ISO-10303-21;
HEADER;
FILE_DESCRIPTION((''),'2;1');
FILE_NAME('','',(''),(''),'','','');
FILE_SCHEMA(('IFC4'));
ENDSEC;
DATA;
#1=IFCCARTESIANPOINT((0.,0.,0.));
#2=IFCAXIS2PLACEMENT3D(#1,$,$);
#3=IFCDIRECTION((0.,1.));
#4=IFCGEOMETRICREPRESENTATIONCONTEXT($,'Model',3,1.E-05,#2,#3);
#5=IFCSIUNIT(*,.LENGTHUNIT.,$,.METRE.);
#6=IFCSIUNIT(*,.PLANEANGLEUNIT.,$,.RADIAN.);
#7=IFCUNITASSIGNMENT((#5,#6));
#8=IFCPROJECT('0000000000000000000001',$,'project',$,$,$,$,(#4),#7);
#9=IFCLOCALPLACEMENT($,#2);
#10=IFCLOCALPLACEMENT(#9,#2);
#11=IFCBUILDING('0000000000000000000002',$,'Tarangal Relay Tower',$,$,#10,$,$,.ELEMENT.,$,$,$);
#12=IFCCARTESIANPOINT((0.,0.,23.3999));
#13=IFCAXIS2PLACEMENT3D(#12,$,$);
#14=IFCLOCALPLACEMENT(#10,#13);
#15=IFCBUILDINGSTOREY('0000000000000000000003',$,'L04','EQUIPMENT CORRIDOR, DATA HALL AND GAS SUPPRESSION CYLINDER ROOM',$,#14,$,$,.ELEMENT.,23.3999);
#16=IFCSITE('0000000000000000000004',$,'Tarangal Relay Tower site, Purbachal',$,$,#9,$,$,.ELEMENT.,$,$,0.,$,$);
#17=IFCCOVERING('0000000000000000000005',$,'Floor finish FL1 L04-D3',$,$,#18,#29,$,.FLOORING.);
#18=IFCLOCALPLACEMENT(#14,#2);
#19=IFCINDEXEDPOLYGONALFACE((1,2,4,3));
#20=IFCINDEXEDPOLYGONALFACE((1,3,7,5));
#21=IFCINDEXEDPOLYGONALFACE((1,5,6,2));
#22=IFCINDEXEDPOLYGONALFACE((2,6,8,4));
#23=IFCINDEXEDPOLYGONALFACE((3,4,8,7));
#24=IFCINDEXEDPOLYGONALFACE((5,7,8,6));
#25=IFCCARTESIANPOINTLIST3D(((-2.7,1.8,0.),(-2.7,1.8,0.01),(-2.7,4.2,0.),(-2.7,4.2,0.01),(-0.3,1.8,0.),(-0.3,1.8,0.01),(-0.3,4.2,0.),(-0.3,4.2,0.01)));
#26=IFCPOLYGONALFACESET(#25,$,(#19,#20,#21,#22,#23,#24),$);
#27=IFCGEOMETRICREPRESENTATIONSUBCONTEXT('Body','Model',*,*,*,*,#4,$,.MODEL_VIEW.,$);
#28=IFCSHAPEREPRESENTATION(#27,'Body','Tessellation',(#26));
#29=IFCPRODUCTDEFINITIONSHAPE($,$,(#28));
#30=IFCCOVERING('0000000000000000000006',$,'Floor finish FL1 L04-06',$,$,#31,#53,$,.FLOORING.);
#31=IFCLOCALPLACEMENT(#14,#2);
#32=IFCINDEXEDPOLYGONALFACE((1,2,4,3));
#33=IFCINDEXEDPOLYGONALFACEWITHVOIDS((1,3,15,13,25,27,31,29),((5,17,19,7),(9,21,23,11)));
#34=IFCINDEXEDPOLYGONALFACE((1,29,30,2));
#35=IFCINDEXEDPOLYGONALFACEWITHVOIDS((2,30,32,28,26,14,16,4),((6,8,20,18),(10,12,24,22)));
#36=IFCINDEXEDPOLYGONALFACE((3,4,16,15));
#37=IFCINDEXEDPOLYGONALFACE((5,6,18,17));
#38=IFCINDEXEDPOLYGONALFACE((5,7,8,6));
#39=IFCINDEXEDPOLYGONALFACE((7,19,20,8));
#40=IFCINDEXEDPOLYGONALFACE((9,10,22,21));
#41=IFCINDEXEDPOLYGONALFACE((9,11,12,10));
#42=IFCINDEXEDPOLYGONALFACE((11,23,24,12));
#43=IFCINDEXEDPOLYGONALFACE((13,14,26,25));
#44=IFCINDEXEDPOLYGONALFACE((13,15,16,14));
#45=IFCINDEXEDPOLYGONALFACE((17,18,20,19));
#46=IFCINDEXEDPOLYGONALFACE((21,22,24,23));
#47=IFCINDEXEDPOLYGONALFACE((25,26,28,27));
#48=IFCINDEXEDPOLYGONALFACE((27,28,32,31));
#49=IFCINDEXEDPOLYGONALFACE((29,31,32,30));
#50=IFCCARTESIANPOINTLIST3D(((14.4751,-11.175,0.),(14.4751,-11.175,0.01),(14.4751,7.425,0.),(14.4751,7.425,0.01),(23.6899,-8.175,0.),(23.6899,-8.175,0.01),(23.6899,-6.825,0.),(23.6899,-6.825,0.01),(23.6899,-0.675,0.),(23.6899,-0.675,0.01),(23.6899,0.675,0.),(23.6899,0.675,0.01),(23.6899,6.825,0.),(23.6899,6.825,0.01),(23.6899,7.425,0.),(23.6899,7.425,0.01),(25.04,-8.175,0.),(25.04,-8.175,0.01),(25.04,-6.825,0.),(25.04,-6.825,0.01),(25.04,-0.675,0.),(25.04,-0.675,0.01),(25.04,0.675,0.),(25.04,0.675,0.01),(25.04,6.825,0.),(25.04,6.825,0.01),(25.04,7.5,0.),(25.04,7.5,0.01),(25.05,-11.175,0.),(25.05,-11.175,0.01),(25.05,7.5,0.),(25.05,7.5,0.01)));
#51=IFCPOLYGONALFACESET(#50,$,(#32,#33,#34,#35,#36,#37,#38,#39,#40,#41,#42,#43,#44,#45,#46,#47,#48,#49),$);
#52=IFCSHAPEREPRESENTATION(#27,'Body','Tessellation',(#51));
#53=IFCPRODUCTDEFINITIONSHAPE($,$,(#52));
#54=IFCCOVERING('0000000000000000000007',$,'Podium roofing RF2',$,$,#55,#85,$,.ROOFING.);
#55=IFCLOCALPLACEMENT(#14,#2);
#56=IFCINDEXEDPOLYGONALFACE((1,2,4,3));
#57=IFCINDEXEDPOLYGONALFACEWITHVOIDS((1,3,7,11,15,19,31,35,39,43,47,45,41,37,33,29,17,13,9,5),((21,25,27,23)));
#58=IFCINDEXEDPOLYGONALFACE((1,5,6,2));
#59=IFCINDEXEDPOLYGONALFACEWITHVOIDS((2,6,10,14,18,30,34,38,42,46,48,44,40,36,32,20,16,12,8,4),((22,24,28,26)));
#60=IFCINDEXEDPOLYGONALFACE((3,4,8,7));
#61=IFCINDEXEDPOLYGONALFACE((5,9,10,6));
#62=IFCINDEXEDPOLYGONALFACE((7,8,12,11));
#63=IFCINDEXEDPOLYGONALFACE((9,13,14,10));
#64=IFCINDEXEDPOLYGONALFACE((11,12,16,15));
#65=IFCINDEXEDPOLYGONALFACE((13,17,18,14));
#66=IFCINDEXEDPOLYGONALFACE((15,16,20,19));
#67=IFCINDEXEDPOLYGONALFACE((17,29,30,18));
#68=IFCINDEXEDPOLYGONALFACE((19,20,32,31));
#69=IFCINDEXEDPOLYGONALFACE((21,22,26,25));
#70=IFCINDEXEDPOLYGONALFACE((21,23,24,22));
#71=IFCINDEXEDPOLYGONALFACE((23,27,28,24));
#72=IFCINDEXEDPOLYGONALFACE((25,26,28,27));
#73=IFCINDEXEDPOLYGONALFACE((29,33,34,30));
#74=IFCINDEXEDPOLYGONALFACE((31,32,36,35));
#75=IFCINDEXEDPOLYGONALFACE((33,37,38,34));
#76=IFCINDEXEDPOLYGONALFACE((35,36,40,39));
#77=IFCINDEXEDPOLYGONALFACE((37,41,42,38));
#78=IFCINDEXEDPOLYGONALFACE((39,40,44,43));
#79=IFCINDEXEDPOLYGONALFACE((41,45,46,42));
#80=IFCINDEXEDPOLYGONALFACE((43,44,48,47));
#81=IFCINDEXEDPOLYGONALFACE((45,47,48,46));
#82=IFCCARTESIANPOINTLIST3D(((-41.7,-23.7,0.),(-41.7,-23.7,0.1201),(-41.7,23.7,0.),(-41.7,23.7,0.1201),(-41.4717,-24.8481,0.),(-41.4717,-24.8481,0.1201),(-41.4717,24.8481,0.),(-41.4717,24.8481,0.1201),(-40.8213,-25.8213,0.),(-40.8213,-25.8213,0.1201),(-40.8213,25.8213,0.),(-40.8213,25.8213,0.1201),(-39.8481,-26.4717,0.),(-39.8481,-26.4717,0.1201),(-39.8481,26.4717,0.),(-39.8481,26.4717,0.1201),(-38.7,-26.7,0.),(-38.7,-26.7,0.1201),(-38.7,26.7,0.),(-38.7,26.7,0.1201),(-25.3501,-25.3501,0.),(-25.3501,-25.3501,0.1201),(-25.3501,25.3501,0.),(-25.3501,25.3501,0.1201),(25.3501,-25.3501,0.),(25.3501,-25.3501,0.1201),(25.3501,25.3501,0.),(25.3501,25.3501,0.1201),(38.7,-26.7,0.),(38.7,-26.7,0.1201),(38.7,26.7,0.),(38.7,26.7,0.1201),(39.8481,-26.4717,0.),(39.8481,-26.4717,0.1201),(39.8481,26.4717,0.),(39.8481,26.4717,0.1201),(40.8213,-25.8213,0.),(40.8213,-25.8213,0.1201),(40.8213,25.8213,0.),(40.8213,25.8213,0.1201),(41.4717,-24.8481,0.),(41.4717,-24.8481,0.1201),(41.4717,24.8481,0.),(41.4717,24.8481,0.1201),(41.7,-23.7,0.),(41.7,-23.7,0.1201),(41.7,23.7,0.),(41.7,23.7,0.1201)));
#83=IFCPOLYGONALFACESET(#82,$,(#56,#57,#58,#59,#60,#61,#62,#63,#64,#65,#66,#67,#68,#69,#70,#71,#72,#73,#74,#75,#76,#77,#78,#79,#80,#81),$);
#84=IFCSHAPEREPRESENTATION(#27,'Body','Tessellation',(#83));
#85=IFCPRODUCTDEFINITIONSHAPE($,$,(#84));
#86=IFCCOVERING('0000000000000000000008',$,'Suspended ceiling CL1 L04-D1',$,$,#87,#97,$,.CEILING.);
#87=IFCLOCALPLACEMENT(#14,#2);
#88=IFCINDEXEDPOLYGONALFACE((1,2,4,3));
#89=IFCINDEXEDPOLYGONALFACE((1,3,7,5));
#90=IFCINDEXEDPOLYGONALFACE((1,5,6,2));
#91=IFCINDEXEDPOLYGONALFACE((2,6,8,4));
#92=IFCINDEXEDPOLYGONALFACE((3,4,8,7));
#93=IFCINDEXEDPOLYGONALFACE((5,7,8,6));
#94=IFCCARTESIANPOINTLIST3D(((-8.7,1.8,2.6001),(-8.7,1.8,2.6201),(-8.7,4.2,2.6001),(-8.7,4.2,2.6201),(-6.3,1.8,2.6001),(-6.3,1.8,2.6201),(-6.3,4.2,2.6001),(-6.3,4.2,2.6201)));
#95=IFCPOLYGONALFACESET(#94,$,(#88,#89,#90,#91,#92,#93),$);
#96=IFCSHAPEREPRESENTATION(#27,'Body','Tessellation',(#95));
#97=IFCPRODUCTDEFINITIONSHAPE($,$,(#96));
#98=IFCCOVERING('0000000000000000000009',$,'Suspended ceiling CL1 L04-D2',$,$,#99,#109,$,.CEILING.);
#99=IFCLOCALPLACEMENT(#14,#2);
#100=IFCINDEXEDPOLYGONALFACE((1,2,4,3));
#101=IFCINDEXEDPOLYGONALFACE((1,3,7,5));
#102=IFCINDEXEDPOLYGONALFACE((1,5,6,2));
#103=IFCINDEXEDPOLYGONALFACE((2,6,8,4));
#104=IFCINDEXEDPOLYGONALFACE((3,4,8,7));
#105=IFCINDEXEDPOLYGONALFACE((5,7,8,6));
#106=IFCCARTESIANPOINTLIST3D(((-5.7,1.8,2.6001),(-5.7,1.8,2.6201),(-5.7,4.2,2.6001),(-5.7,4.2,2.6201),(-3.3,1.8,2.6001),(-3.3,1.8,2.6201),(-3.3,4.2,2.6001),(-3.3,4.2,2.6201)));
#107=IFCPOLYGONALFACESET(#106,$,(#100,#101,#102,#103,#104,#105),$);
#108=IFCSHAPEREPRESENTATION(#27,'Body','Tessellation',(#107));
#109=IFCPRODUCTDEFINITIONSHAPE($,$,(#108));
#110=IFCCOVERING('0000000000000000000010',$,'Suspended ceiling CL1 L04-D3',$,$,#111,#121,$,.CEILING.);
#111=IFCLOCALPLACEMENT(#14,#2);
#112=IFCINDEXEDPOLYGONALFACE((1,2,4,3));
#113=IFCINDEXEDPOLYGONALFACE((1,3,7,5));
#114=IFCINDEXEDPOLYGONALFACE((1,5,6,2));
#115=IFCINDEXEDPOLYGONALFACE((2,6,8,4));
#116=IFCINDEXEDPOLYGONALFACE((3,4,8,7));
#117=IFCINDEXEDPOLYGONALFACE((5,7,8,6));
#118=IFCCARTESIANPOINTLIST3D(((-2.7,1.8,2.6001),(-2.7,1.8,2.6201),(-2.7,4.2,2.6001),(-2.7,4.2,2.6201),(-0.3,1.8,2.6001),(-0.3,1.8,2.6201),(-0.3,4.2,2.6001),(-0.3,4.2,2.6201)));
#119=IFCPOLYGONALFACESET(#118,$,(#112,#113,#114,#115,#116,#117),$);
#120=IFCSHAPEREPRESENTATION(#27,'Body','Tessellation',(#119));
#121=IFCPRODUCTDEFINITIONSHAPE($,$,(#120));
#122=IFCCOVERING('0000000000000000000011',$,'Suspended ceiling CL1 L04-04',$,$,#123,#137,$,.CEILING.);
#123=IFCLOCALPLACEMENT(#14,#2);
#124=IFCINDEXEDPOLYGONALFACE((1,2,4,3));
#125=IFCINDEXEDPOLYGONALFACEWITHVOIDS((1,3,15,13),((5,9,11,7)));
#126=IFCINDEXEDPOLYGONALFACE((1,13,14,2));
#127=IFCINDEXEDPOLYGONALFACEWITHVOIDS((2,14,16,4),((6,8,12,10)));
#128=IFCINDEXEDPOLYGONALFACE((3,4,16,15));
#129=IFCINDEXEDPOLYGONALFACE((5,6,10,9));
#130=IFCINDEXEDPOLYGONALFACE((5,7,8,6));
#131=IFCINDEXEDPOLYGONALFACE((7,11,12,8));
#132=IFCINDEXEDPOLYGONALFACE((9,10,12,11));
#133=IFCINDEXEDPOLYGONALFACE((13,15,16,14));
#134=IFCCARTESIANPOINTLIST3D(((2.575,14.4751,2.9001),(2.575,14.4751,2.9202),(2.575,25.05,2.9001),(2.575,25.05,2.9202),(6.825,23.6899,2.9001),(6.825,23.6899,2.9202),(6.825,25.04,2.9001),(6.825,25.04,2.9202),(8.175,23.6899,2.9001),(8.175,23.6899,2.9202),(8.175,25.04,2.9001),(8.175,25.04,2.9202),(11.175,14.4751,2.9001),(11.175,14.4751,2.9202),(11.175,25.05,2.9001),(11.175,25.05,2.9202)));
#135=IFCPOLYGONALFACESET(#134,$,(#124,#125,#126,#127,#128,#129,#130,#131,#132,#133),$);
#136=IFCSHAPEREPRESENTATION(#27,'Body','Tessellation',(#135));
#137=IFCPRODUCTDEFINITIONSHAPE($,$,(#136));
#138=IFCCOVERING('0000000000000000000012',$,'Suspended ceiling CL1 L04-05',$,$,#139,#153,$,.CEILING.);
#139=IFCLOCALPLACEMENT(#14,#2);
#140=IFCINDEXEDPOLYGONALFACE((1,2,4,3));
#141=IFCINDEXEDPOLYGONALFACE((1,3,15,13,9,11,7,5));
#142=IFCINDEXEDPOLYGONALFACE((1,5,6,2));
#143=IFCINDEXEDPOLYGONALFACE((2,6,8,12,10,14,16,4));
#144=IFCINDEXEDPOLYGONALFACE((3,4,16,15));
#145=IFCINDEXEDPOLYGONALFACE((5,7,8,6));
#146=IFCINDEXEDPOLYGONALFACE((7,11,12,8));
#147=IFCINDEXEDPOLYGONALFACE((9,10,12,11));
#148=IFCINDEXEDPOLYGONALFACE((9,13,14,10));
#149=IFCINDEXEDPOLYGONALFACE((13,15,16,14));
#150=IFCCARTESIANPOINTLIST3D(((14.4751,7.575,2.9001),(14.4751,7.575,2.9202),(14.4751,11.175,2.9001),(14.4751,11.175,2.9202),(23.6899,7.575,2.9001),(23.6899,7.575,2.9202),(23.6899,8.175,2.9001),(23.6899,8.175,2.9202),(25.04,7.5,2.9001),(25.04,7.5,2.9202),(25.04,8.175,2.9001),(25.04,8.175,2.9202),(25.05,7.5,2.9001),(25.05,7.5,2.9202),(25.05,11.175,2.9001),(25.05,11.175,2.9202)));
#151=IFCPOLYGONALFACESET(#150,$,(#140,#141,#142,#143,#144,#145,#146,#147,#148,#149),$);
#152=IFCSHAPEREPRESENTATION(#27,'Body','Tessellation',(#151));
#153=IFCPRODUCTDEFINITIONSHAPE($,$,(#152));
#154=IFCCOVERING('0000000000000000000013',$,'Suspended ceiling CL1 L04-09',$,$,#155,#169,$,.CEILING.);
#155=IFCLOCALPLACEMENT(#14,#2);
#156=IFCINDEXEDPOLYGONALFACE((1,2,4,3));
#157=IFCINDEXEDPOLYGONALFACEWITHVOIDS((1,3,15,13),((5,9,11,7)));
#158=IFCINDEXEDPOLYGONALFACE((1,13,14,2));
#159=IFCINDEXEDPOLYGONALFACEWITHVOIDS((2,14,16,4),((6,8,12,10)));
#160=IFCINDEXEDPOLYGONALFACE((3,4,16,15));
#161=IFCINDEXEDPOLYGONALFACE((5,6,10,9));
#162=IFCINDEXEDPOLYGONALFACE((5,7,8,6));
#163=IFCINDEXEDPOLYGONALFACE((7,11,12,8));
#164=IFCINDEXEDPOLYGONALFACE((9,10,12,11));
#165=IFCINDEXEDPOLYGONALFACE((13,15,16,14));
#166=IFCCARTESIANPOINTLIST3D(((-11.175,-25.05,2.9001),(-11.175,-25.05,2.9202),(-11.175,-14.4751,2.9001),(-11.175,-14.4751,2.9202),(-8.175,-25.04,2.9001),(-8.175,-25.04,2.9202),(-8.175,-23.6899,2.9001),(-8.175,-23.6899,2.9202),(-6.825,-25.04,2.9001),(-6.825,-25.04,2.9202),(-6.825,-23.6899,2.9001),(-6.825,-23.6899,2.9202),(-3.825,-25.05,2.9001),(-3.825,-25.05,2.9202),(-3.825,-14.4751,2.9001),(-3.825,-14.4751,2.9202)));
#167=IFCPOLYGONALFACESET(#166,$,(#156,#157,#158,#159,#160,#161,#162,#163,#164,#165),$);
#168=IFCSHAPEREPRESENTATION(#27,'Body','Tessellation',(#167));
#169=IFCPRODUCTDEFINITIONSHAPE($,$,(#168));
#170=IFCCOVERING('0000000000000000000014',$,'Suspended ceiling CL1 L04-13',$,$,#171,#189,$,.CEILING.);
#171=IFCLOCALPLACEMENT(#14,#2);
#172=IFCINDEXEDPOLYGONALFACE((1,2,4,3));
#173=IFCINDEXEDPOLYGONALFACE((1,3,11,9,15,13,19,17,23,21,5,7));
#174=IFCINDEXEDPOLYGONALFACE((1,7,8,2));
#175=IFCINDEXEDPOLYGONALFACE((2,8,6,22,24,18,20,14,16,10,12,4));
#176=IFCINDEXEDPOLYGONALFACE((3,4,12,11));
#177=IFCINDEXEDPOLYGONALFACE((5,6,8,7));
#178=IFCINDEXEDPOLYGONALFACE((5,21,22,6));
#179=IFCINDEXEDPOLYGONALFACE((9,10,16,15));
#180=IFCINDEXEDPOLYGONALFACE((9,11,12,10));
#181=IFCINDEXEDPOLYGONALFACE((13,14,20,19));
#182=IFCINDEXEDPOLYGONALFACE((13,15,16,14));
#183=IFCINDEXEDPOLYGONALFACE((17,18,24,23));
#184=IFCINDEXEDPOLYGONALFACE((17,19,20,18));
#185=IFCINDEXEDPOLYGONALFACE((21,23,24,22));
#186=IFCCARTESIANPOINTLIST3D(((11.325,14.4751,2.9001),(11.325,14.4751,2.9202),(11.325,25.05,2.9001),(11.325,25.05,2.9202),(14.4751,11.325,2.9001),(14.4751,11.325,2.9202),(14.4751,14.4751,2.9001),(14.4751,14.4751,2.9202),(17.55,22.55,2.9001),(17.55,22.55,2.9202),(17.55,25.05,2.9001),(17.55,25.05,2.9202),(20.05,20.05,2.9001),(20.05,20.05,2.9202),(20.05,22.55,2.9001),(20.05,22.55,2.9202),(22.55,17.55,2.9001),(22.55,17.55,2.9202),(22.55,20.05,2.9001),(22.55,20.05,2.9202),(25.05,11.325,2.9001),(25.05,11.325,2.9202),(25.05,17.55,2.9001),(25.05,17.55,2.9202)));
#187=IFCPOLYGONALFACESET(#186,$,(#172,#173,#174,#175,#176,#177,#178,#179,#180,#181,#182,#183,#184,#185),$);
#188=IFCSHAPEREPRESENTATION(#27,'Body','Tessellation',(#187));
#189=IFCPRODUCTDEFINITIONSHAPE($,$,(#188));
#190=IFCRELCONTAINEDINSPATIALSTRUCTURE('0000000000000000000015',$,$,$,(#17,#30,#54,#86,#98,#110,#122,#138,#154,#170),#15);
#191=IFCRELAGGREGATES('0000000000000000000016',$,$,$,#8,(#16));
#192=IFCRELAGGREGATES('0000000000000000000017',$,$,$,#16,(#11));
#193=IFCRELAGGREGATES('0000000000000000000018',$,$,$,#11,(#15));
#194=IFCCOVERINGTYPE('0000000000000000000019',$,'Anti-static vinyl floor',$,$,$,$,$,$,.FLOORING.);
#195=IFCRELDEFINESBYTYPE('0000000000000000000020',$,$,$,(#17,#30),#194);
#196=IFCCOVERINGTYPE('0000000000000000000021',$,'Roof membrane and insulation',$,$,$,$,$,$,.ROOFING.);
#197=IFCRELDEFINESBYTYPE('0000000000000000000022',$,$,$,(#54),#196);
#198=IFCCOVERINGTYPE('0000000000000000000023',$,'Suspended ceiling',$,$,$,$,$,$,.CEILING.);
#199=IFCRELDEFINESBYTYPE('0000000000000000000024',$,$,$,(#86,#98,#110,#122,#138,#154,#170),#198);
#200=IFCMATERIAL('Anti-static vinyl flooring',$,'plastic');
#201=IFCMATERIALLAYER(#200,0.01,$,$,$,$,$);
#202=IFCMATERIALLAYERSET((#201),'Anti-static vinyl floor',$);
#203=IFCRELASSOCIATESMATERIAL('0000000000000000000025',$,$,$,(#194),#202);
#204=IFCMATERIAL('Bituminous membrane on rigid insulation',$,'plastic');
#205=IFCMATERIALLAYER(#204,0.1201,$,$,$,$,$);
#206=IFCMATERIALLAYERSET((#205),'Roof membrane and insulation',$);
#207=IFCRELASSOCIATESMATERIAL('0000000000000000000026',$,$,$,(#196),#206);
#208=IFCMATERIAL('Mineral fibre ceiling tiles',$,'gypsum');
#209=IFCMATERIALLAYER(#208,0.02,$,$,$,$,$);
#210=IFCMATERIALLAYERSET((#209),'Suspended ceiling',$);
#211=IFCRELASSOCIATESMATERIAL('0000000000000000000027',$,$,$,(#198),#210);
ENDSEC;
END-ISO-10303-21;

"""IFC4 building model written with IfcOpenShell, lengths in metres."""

from ifc_helpers import new_model, si_unit, direction, frame, origin, place, context, subcontext, project, spatial, polyline, outline, extrude, material, layer, layer_set, type_object, element, save


model = new_model("IFC4")

# Units and contexts
model_context = context("Model", 3, precision=1e-05, world=origin(), true_north=direction((0.0, 1.0)))
body_context = subcontext(model_context, "Body", "Model", "MODEL_VIEW")
ifc_project = project(units=[si_unit("LENGTHUNIT", "METRE"), si_unit("PLANEANGLEUNIT", "RADIAN")], contexts=[model_context])

# Site, building, storey
site_placement = place(None, origin())
site = spatial("IfcSite", under=ifc_project, at=site_placement, Name="Tarangal Relay Tower site, Purbachal", CompositionType="ELEMENT", RefElevation=0.0)
building_placement = place(site_placement, origin())
building = spatial("IfcBuilding", under=site, at=building_placement, Name="Tarangal Relay Tower", CompositionType="ELEMENT")
storey_placement = place(building_placement, frame((0.0, 0.0, 23.3999)))
storey = spatial("IfcBuildingStorey", under=building, at=storey_placement, Name="L04", Description="EQUIPMENT CORRIDOR, DATA HALL AND GAS SUPPRESSION CYLINDER ROOM", CompositionType="ELEMENT", Elevation=23.3999)

# Coverings
ifc_material_1 = material(Name="Anti-static vinyl flooring", Category="plastic")
ifc_layer_1 = layer(ifc_material_1, 0.01)
ifc_layer_set_1 = layer_set([ifc_layer_1], Name="Anti-static vinyl floor")
covering_type_1 = type_object("IfcCoveringType", Name="Anti-static vinyl floor", PredefinedType="FLOORING", material=ifc_layer_set_1)
covering_1_placement = place(storey_placement, origin())
element("IfcCovering", 1, at=covering_1_placement, inside=storey, type_object=covering_type_1, Name="Floor finish FL1 L04-D3", PredefinedType="FLOORING", context=body_context, shape_type="SweptSolid", body=[
    extrude(outline(polyline([(-2.7, 1.8), (-0.3, 1.8), (-0.3, 4.2), (-2.7, 4.2), (-2.7, 1.8)])), origin(), (0.0, 0.0, 1.0), 0.01),
])
covering_2_placement = place(storey_placement, origin())
element("IfcCovering", 2, at=covering_2_placement, inside=storey, type_object=covering_type_1, Name="Floor finish FL1 L04-06", PredefinedType="FLOORING", context=body_context, shape_type="SweptSolid", body=[
    extrude(outline(polyline([(25.05, -11.175), (25.05, 7.5), (25.04, 7.5), (25.04, 6.825), (23.6899, 6.825), (23.6899, 7.425), (14.4751, 7.425), (14.4751, -11.175), (25.05, -11.175)]), holes=[polyline([(25.04, -8.175), (25.04, -6.825), (23.6899, -6.825), (23.6899, -8.175), (25.04, -8.175)]), polyline([(23.6899, -0.675), (25.04, -0.675), (25.04, 0.675), (23.6899, 0.675), (23.6899, -0.675)])]), origin(), (0.0, 0.0, 1.0), 0.01),
])
ifc_material_2 = material(Name="Bituminous membrane on rigid insulation", Category="plastic")
ifc_layer_2 = layer(ifc_material_2, 0.1201)
ifc_layer_set_2 = layer_set([ifc_layer_2], Name="Roof membrane and insulation")
covering_type_2 = type_object("IfcCoveringType", Name="Roof membrane and insulation", PredefinedType="ROOFING", material=ifc_layer_set_2)
covering_3_placement = place(storey_placement, origin())
element("IfcCovering", 3, at=covering_3_placement, inside=storey, type_object=covering_type_2, Name="Podium roofing RF2", PredefinedType="ROOFING", context=body_context, shape_type="SweptSolid", body=[
    extrude(outline(polyline([(41.7, 23.7), (41.4717, 24.8481), (40.8213, 25.8213), (39.8481, 26.4717), (38.7, 26.7), (-38.7, 26.7), (-39.8481, 26.4717), (-40.8213, 25.8213), (-41.4717, 24.8481), (-41.7, 23.7), (-41.7, -23.7), (-41.4717, -24.8481), (-40.8213, -25.8213), (-39.8481, -26.4717), (-38.7, -26.7), (38.7, -26.7), (39.8481, -26.4717), (40.8213, -25.8213), (41.4717, -24.8481), (41.7, -23.7), (41.7, 23.7)]), holes=[polyline([(-25.3501, -25.3501), (25.3501, -25.3501), (25.3501, 25.3501), (-25.3501, 25.3501), (-25.3501, -25.3501)])]), origin(), (0.0, 0.0, 1.0), 0.1201),
])
ifc_material_3 = material(Name="Mineral fibre ceiling tiles", Category="gypsum")
ifc_layer_3 = layer(ifc_material_3, 0.02)
ifc_layer_set_3 = layer_set([ifc_layer_3], Name="Suspended ceiling")
covering_type_3 = type_object("IfcCoveringType", Name="Suspended ceiling", PredefinedType="CEILING", material=ifc_layer_set_3)
covering_4_placement = place(storey_placement, frame((0.0, 0.0, 2.6001)))
element("IfcCovering", 4, at=covering_4_placement, inside=storey, type_object=covering_type_3, Name="Suspended ceiling CL1 L04-D1", PredefinedType="CEILING", context=body_context, shape_type="SweptSolid", body=[
    extrude(outline(polyline([(-8.7, 1.8), (-6.3, 1.8), (-6.3, 4.2), (-8.7, 4.2), (-8.7, 1.8)])), origin(), (0.0, 0.0, 1.0), 0.02),
])
covering_5_placement = place(storey_placement, frame((0.0, 0.0, 2.6001)))
element("IfcCovering", 5, at=covering_5_placement, inside=storey, type_object=covering_type_3, Name="Suspended ceiling CL1 L04-D2", PredefinedType="CEILING", context=body_context, shape_type="SweptSolid", body=[
    extrude(outline(polyline([(-5.7, 1.8), (-3.3, 1.8), (-3.3, 4.2), (-5.7, 4.2), (-5.7, 1.8)])), origin(), (0.0, 0.0, 1.0), 0.02),
])
covering_6_placement = place(storey_placement, frame((0.0, 0.0, 2.6001)))
element("IfcCovering", 6, at=covering_6_placement, inside=storey, type_object=covering_type_3, Name="Suspended ceiling CL1 L04-D3", PredefinedType="CEILING", context=body_context, shape_type="SweptSolid", body=[
    extrude(outline(polyline([(-2.7, 1.8), (-0.3, 1.8), (-0.3, 4.2), (-2.7, 4.2), (-2.7, 1.8)])), origin(), (0.0, 0.0, 1.0), 0.02),
])
covering_7_placement = place(storey_placement, frame((0.0, 0.0, 2.9001)))
element("IfcCovering", 7, at=covering_7_placement, inside=storey, type_object=covering_type_3, Name="Suspended ceiling CL1 L04-04", PredefinedType="CEILING", context=body_context, shape_type="SweptSolid", body=[
    extrude(outline(polyline([(11.175, 25.05), (2.575, 25.05), (2.575, 14.4751), (11.175, 14.4751), (11.175, 25.05)]), holes=[polyline([(8.175, 25.04), (6.825, 25.04), (6.825, 23.6899), (8.175, 23.6899), (8.175, 25.04)])]), origin(), (0.0, 0.0, 1.0), 0.02),
])
covering_8_placement = place(storey_placement, frame((0.0, 0.0, 2.9001)))
element("IfcCovering", 8, at=covering_8_placement, inside=storey, type_object=covering_type_3, Name="Suspended ceiling CL1 L04-05", PredefinedType="CEILING", context=body_context, shape_type="SweptSolid", body=[
    extrude(outline(polyline([(25.05, 7.5), (25.05, 11.175), (14.4751, 11.175), (14.4751, 7.575), (23.6899, 7.575), (23.6899, 8.175), (25.04, 8.175), (25.04, 7.5), (25.05, 7.5)])), origin(), (0.0, 0.0, 1.0), 0.02),
])
covering_9_placement = place(storey_placement, frame((0.0, 0.0, 2.9001)))
element("IfcCovering", 9, at=covering_9_placement, inside=storey, type_object=covering_type_3, Name="Suspended ceiling CL1 L04-09", PredefinedType="CEILING", context=body_context, shape_type="SweptSolid", body=[
    extrude(outline(polyline([(-11.175, -25.05), (-3.825, -25.05), (-3.825, -14.4751), (-11.175, -14.4751), (-11.175, -25.05)]), holes=[polyline([(-6.825, -23.6899), (-8.175, -23.6899), (-8.175, -25.04), (-6.825, -25.04), (-6.825, -23.6899)])]), origin(), (0.0, 0.0, 1.0), 0.02),
])
covering_10_placement = place(storey_placement, frame((0.0, 0.0, 2.9001)))
element("IfcCovering", 10, at=covering_10_placement, inside=storey, type_object=covering_type_3, Name="Suspended ceiling CL1 L04-13", PredefinedType="CEILING", context=body_context, shape_type="SweptSolid", body=[
    extrude(outline(polyline([(17.55, 25.05), (11.325, 25.05), (11.325, 14.4751), (14.4751, 14.4751), (14.4751, 11.325), (25.05, 11.325), (25.05, 17.55), (22.55, 17.55), (22.55, 20.05), (20.05, 20.05), (20.05, 22.55), (17.55, 22.55), (17.55, 25.05)])), origin(), (0.0, 0.0, 1.0), 0.02),
])

save(model, "model.ifc")
